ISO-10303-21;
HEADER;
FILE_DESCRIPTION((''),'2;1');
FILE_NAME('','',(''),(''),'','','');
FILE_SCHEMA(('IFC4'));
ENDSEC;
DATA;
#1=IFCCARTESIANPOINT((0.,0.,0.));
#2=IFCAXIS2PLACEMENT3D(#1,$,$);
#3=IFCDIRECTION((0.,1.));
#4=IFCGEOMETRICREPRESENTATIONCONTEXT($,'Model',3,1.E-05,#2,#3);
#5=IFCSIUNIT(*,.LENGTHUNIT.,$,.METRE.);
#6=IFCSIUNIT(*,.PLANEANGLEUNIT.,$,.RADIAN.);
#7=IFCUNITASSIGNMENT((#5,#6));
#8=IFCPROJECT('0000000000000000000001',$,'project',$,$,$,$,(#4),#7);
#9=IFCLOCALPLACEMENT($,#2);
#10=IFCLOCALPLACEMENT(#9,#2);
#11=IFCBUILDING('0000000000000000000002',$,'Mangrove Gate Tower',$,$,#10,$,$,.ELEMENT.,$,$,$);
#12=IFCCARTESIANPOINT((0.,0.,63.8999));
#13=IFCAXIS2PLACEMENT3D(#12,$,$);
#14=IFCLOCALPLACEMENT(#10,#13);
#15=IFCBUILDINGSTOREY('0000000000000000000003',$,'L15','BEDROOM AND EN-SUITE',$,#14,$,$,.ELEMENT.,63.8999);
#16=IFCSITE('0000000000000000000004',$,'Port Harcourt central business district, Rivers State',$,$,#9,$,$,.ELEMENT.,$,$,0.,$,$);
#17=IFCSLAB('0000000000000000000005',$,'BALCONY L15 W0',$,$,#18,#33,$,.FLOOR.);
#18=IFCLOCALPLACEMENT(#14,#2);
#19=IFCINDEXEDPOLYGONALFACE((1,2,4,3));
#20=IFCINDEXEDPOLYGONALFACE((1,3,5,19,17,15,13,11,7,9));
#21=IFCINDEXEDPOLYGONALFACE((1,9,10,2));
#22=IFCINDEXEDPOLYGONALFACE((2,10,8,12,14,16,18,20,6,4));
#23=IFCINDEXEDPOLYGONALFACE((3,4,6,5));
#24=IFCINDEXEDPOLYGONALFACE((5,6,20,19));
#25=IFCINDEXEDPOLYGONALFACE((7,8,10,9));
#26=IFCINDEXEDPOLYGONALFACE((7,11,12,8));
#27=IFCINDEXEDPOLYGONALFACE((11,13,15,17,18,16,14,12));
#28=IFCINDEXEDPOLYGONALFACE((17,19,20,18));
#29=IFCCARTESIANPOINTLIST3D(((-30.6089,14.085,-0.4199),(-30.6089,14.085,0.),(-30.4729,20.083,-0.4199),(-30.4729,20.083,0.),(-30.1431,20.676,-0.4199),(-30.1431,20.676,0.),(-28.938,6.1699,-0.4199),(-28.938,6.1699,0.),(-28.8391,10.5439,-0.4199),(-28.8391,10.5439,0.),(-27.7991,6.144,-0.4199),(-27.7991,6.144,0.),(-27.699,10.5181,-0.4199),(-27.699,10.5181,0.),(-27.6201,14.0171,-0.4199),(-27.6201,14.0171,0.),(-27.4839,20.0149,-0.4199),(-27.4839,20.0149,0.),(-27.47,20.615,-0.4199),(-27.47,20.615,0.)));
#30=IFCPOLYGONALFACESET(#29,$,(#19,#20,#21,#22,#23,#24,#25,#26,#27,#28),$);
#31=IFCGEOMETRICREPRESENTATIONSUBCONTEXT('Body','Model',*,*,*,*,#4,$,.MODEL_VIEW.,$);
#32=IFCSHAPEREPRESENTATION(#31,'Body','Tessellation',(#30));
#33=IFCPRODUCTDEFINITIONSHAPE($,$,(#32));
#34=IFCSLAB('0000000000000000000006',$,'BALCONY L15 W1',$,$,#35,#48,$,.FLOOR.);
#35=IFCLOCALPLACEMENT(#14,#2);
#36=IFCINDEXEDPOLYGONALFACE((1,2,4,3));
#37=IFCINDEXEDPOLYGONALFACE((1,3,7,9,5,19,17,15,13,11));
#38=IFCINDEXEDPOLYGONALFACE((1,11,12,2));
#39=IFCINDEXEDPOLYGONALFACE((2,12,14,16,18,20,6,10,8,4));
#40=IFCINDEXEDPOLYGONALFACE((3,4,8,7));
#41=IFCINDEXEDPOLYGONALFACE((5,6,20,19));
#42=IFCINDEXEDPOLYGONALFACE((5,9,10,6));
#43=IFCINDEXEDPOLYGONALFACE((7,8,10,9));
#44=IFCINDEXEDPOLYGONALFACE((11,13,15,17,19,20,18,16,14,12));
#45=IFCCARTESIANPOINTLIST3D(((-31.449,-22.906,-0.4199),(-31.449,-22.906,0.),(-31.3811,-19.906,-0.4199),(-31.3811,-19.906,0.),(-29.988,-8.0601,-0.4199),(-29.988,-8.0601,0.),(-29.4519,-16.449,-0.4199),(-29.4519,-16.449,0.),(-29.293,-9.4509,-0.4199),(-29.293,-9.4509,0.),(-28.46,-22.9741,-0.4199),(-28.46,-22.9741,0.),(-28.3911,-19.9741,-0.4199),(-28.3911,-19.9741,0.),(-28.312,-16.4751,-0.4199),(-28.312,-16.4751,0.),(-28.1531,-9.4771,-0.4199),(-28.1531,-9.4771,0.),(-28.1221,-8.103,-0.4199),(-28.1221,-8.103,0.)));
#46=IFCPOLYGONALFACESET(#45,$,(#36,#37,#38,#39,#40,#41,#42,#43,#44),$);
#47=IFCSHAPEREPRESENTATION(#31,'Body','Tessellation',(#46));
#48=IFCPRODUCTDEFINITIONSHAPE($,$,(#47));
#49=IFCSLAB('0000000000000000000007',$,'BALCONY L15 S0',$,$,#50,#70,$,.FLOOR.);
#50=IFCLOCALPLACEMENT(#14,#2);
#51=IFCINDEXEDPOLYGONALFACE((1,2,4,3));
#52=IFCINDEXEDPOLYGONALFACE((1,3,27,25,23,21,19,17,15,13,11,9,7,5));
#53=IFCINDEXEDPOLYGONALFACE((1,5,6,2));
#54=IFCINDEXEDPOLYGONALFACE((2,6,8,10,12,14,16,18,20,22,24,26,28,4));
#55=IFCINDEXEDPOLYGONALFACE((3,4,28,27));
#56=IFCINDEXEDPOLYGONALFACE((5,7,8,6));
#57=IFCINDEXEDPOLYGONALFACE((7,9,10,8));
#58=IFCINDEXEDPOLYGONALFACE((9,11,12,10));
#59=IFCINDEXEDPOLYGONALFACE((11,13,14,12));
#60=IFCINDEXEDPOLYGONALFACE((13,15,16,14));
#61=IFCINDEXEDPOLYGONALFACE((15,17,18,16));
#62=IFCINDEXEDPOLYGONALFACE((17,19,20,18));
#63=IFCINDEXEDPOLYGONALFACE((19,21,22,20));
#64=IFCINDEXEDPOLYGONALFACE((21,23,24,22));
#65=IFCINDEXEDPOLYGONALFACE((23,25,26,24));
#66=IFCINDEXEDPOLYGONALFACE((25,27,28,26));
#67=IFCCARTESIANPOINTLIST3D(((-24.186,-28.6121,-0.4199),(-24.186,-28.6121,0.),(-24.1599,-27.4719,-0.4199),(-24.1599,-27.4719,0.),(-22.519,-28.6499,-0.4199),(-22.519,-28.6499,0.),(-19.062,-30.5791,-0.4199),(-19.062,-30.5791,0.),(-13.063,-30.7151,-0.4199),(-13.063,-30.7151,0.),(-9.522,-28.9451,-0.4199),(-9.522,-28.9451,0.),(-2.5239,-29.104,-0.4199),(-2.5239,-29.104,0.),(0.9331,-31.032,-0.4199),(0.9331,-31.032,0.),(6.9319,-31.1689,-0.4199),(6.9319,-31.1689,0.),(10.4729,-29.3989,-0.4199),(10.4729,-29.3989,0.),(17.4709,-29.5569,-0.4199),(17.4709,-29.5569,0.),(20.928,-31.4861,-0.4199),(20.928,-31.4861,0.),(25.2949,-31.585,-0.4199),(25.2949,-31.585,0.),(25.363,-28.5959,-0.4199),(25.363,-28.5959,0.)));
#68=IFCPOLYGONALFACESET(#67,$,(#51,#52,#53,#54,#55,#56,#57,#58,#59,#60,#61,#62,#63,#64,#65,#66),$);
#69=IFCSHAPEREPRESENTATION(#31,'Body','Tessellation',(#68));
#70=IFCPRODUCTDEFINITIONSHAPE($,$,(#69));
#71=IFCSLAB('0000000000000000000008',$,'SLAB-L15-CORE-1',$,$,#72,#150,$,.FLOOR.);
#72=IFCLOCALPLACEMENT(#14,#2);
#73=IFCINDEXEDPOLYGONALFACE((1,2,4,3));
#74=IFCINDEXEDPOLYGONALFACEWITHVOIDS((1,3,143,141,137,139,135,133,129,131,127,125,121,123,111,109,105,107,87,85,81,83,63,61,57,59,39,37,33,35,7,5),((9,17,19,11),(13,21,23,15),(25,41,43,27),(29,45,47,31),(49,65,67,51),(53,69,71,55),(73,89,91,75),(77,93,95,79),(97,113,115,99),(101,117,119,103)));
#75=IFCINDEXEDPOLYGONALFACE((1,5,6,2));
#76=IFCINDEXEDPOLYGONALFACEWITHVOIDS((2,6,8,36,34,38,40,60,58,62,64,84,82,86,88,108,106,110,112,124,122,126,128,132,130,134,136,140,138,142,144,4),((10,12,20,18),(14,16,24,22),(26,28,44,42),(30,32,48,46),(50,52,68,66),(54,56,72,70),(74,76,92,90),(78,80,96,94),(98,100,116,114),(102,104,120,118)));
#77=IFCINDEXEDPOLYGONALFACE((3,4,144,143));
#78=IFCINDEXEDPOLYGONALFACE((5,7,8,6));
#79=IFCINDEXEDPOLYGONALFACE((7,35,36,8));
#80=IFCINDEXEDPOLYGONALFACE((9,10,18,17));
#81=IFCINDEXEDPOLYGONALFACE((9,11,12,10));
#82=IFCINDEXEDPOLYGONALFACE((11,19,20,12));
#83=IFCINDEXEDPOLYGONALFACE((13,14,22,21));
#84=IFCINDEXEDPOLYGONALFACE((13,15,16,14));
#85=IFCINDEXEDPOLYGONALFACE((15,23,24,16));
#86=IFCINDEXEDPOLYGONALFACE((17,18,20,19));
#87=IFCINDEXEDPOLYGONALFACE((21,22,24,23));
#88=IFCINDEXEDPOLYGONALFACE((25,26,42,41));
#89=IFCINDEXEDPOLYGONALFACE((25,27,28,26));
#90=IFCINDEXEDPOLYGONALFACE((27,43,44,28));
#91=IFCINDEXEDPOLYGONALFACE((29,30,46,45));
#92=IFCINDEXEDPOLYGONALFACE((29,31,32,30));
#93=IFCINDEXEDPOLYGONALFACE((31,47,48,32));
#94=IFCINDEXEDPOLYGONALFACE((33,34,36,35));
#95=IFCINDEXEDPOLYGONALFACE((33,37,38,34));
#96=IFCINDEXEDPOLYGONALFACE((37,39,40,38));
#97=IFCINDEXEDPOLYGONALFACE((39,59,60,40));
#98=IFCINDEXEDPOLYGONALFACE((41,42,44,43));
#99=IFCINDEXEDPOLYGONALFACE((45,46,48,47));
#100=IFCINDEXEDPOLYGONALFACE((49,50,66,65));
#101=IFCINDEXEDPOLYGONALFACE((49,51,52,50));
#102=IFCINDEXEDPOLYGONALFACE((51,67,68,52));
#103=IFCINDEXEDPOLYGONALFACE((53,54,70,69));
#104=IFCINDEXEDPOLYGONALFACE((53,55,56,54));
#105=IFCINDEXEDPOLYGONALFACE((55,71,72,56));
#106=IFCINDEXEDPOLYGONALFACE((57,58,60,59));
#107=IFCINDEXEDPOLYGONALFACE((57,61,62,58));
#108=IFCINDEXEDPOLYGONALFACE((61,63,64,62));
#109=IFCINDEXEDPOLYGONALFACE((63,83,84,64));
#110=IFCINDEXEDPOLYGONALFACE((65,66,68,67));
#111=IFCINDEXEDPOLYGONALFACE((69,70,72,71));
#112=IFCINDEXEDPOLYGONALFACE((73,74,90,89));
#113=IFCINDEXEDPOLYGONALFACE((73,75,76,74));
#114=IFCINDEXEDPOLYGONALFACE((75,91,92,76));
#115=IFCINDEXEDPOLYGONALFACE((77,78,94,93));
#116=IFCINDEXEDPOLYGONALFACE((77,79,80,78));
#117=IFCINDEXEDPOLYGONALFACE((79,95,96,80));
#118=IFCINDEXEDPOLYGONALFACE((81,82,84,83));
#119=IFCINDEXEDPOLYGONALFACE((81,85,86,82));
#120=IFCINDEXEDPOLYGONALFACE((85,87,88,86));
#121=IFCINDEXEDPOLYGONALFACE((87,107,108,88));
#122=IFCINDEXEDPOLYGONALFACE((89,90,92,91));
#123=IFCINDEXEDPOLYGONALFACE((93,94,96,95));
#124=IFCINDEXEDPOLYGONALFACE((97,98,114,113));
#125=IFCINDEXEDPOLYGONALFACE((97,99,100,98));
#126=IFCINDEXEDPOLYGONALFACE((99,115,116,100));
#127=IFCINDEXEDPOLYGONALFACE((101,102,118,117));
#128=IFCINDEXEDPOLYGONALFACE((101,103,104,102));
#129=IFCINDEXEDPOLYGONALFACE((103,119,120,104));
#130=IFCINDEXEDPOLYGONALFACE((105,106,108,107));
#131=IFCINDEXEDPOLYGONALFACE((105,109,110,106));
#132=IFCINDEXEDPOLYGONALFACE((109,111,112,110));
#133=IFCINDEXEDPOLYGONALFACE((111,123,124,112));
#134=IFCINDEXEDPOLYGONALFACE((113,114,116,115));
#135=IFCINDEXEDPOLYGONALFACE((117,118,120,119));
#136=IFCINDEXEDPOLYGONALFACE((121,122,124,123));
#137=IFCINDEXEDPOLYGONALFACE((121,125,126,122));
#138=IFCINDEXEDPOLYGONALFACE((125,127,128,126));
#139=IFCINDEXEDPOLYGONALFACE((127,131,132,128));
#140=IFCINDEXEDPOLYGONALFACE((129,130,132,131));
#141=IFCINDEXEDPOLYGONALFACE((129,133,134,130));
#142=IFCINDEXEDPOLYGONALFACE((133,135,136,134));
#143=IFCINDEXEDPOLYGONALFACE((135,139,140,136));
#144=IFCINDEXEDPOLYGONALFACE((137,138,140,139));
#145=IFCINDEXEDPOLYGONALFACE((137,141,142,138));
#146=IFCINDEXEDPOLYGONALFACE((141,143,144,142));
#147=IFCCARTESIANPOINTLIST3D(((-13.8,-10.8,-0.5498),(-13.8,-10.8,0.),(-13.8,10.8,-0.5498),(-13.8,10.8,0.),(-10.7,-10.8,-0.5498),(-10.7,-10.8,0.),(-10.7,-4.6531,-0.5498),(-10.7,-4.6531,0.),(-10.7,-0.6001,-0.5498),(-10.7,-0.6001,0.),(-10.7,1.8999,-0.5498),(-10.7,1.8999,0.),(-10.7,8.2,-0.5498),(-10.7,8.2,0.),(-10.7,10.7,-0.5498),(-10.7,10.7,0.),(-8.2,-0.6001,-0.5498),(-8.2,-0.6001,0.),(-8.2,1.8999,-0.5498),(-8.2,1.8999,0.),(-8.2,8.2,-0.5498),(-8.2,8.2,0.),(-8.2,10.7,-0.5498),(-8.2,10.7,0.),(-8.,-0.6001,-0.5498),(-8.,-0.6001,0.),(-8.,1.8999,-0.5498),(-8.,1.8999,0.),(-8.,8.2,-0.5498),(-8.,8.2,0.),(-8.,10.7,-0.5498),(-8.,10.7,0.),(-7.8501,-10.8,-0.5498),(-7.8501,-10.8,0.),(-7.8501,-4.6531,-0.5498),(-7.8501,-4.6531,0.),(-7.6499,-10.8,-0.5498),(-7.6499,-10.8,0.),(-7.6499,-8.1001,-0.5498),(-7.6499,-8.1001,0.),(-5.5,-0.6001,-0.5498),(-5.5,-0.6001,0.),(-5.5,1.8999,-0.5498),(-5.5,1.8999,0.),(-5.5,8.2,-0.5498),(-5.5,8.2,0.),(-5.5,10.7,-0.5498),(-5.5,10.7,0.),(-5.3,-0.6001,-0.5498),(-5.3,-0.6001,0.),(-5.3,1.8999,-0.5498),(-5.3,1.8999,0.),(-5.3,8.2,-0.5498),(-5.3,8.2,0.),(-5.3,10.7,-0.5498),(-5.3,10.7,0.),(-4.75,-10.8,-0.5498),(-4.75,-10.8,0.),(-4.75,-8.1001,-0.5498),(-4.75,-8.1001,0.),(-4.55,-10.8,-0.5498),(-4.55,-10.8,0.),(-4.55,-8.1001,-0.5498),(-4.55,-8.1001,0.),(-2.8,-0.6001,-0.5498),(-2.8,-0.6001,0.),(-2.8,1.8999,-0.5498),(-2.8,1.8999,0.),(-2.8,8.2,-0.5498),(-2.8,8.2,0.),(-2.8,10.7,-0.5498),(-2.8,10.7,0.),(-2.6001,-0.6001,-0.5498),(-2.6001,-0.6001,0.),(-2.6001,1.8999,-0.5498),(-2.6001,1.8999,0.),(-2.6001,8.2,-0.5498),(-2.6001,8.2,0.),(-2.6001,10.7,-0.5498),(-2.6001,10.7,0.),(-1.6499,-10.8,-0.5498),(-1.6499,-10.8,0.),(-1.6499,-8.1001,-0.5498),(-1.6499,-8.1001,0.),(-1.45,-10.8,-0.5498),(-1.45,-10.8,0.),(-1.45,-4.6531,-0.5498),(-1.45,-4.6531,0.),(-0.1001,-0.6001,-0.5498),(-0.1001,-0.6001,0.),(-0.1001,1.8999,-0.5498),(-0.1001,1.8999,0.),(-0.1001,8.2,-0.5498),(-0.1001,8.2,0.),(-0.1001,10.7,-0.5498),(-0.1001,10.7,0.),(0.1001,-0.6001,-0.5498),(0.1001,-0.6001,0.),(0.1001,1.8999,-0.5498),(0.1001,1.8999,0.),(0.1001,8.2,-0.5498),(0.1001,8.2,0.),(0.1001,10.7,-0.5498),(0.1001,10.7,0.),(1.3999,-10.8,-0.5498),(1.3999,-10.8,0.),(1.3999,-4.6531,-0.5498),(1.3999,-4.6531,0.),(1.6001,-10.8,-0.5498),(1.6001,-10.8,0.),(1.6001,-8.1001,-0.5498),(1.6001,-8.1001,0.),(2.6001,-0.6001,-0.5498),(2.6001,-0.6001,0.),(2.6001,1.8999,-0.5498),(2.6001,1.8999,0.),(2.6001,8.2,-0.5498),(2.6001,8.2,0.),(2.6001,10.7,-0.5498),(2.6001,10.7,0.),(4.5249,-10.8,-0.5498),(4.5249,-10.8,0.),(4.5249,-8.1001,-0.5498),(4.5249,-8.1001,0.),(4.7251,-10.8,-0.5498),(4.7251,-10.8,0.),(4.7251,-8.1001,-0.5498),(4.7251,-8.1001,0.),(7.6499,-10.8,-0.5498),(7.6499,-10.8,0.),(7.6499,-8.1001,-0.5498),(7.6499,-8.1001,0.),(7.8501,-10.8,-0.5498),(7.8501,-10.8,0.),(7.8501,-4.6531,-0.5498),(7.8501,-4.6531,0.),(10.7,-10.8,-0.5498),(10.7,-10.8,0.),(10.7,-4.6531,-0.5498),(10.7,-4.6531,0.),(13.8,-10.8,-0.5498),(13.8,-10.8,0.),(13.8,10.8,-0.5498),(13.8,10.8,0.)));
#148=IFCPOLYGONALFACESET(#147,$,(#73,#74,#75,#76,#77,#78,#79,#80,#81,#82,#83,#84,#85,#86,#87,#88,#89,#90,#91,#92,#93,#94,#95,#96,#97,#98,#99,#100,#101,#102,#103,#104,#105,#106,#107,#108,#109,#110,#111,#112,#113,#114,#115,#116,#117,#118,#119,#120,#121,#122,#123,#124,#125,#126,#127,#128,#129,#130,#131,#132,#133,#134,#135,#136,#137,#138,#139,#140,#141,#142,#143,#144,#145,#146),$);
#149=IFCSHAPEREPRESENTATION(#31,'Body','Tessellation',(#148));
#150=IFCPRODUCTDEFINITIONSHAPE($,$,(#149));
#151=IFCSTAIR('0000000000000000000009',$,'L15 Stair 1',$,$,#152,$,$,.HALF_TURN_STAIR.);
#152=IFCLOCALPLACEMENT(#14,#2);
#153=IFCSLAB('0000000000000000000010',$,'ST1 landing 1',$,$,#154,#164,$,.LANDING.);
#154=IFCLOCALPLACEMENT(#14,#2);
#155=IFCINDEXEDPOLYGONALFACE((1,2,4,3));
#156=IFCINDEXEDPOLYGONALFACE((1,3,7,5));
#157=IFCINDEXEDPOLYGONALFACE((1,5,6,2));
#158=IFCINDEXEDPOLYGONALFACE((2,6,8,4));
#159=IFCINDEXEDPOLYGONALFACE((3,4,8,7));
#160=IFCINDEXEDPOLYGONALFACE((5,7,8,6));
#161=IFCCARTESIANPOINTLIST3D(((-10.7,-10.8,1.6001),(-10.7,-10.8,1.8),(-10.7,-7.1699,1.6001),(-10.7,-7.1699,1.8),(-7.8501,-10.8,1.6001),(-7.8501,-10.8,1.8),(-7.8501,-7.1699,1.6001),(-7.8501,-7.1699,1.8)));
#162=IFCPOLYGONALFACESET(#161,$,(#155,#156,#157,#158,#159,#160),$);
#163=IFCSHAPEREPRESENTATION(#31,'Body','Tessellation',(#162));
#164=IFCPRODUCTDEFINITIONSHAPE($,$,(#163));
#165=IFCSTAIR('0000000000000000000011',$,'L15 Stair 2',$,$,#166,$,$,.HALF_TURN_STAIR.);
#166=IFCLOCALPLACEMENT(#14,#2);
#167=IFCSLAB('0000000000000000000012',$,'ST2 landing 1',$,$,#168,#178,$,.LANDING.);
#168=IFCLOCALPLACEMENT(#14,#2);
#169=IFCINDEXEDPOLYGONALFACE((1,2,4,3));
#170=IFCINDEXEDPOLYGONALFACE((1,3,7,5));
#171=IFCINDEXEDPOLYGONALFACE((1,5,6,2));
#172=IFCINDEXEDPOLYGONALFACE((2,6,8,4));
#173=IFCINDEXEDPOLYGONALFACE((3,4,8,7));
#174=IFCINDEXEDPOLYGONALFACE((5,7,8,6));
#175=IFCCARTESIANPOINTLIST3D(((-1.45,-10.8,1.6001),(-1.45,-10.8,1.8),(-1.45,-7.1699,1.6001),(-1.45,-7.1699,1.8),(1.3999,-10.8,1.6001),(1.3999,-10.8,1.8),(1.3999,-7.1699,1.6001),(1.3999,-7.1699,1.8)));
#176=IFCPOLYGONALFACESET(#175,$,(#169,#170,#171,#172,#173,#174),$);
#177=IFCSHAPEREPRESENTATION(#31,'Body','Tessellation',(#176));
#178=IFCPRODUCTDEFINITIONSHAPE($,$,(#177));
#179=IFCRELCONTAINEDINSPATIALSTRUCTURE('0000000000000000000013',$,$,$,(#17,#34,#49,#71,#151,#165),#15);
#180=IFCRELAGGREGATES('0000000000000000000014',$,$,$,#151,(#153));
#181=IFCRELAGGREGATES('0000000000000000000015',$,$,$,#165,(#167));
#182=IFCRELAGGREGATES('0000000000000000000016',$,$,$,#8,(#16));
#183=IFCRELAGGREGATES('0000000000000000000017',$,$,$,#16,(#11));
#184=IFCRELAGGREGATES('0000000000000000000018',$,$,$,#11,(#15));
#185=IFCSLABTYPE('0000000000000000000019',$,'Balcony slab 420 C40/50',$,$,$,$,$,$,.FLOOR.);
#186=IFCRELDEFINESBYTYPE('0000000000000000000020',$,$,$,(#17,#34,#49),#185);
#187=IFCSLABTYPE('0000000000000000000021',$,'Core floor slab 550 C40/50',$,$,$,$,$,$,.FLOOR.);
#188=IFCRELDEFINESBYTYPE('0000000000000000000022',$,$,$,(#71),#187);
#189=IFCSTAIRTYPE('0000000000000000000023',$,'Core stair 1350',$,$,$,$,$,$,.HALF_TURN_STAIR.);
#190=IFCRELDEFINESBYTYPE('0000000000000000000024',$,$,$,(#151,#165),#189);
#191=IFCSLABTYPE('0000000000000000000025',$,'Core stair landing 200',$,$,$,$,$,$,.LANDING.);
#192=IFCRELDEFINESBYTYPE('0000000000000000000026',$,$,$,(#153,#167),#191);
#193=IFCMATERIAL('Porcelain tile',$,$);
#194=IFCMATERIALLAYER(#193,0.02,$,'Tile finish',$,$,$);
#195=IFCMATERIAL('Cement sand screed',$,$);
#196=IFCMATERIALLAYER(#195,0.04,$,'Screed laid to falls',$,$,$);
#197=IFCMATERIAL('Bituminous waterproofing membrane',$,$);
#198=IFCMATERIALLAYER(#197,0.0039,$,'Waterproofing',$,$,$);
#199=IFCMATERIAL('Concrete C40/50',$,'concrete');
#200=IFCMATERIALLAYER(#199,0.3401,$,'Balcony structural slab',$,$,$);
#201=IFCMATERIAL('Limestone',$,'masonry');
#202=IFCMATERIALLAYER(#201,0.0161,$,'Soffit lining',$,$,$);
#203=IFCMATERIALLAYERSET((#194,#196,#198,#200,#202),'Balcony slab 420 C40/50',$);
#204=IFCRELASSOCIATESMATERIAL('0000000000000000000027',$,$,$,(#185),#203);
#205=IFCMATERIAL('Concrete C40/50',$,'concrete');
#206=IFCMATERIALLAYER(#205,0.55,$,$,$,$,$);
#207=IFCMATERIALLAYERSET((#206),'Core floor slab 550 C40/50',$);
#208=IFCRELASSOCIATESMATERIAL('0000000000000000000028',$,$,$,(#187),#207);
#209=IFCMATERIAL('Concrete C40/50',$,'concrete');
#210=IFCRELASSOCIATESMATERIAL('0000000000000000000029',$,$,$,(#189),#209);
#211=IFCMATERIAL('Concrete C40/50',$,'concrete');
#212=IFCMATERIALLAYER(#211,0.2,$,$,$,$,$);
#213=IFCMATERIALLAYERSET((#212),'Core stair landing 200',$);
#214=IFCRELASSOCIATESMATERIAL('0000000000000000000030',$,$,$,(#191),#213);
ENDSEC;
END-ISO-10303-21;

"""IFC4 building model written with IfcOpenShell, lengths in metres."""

from ifc_helpers import new_model, si_unit, direction, frame, origin, place, context, subcontext, project, spatial, polyline, outline, extrude, material, layer, layer_set, type_object, element, aggregate, save


model = new_model("IFC4")

# Units and contexts
model_context = context("Model", 3, precision=1e-05, world=origin(), true_north=direction((0.0, 1.0)))
body_context = subcontext(model_context, "Body", "Model", "MODEL_VIEW")
ifc_project = project(units=[si_unit("LENGTHUNIT", "METRE"), si_unit("PLANEANGLEUNIT", "RADIAN")], contexts=[model_context])

# Site, building, storey
site_placement = place(None, origin())
site = spatial("IfcSite", under=ifc_project, at=site_placement, Name="Port Harcourt central business district, Rivers State", CompositionType="ELEMENT", RefElevation=0.0)
building_placement = place(site_placement, origin())
building = spatial("IfcBuilding", under=site, at=building_placement, Name="Mangrove Gate Tower", CompositionType="ELEMENT")
storey_placement = place(building_placement, frame((0.0, 0.0, 63.8999)))
storey = spatial("IfcBuildingStorey", under=building, at=storey_placement, Name="L15", Description="BEDROOM AND EN-SUITE", CompositionType="ELEMENT", Elevation=63.8999)

# Slabs
ifc_material_1 = material(Name="Porcelain tile")
ifc_layer_1 = layer(ifc_material_1, 0.02, Name="Tile finish")
ifc_material_2 = material(Name="Cement sand screed")
ifc_layer_2 = layer(ifc_material_2, 0.04, Name="Screed laid to falls")
ifc_material_3 = material(Name="Bituminous waterproofing membrane")
ifc_layer_3 = layer(ifc_material_3, 0.0039, Name="Waterproofing")
ifc_material_4 = material(Name="Concrete C40/50", Category="concrete")
ifc_layer_4 = layer(ifc_material_4, 0.3401, Name="Balcony structural slab")
ifc_material_5 = material(Name="Limestone", Category="masonry")
ifc_layer_5 = layer(ifc_material_5, 0.0161, Name="Soffit lining")
ifc_layer_set_1 = layer_set([ifc_layer_1, ifc_layer_2, ifc_layer_3, ifc_layer_4, ifc_layer_5], Name="Balcony slab 420 C40/50")
slab_type_1 = type_object("IfcSlabType", Name="Balcony slab 420 C40/50", PredefinedType="FLOOR", material=ifc_layer_set_1)
slab_1_placement = place(storey_placement, frame((0.0, 0.0, -0.4199)))
element("IfcSlab", 1, at=slab_1_placement, inside=storey, type_object=slab_type_1, Name="BALCONY L15 W0", PredefinedType="FLOOR", context=body_context, shape_type="SweptSolid", body=[
    extrude(outline(polyline([(-30.1431, 20.676), (-30.4729, 20.083), (-30.6089, 14.085), (-28.8391, 10.5439), (-28.938, 6.1699), (-27.7991, 6.144), (-27.699, 10.5181), (-27.6201, 14.0171), (-27.4839, 20.0149), (-27.47, 20.615), (-30.1431, 20.676)])), origin(), (0.0, 0.0, 1.0), 0.4199),
])
slab_2_placement = place(storey_placement, frame((0.0, 0.0, -0.4199)))
element("IfcSlab", 2, at=slab_2_placement, inside=storey, type_object=slab_type_1, Name="BALCONY L15 W1", PredefinedType="FLOOR", context=body_context, shape_type="SweptSolid", body=[
    extrude(outline(polyline([(-29.988, -8.0601), (-29.293, -9.4509), (-29.4519, -16.449), (-31.3811, -19.906), (-31.449, -22.906), (-28.46, -22.9741), (-28.3911, -19.9741), (-28.312, -16.4751), (-28.1531, -9.4771), (-28.1221, -8.103), (-29.988, -8.0601)])), origin(), (0.0, 0.0, 1.0), 0.4199),
])
slab_3_placement = place(storey_placement, frame((0.0, 0.0, -0.4199)))
element("IfcSlab", 3, at=slab_3_placement, inside=storey, type_object=slab_type_1, Name="BALCONY L15 S0", PredefinedType="FLOOR", context=body_context, shape_type="SweptSolid", body=[
    extrude(outline(polyline([(-24.186, -28.6121), (-22.519, -28.6499), (-19.062, -30.5791), (-13.063, -30.7151), (-9.522, -28.9451), (-2.5239, -29.104), (0.9331, -31.032), (6.9319, -31.1689), (10.4729, -29.3989), (17.4709, -29.5569), (20.928, -31.4861), (25.2949, -31.585), (25.363, -28.5959), (-24.1599, -27.4719), (-24.186, -28.6121)])), origin(), (0.0, 0.0, 1.0), 0.4199),
])
ifc_material_6 = material(Name="Concrete C40/50", Category="concrete")
ifc_layer_6 = layer(ifc_material_6, 0.55)
ifc_layer_set_2 = layer_set([ifc_layer_6], Name="Core floor slab 550 C40/50")
slab_type_2 = type_object("IfcSlabType", Name="Core floor slab 550 C40/50", PredefinedType="FLOOR", material=ifc_layer_set_2)
slab_4_placement = place(storey_placement, frame((0.0, 0.0, -0.5498)))
element("IfcSlab", 4, at=slab_4_placement, inside=storey, type_object=slab_type_2, Name="SLAB-L15-CORE-1", PredefinedType="FLOOR", context=body_context, shape_type="SweptSolid", body=[
    extrude(outline(polyline([(-13.8, -10.8), (-13.8, 10.8), (13.8, 10.8), (13.8, -10.8), (10.7, -10.8), (10.7, -4.6531), (7.8501, -4.6531), (7.8501, -10.8), (7.6499, -10.8), (7.6499, -8.1001), (4.7251, -8.1001), (4.7251, -10.8), (4.5249, -10.8), (4.5249, -8.1001), (1.6001, -8.1001), (1.6001, -10.8), (1.3999, -10.8), (1.3999, -4.6531), (-1.45, -4.6531), (-1.45, -10.8), (-1.6499, -10.8), (-1.6499, -8.1001), (-4.55, -8.1001), (-4.55, -10.8), (-4.75, -10.8), (-4.75, -8.1001), (-7.6499, -8.1001), (-7.6499, -10.8), (-7.8501, -10.8), (-7.8501, -4.6531), (-10.7, -4.6531), (-10.7, -10.8), (-13.8, -10.8)]), holes=[polyline([(-8.2, -0.6001), (-8.2, 1.8999), (-10.7, 1.8999), (-10.7, -0.6001), (-8.2, -0.6001)]), polyline([(-5.5, -0.6001), (-5.5, 1.8999), (-8.0, 1.8999), (-8.0, -0.6001), (-5.5, -0.6001)]), polyline([(-2.8, -0.6001), (-2.8, 1.8999), (-5.3, 1.8999), (-5.3, -0.6001), (-2.8, -0.6001)]), polyline([(-8.2, 8.2), (-8.2, 10.7), (-10.7, 10.7), (-10.7, 8.2), (-8.2, 8.2)]), polyline([(-5.5, 8.2), (-5.5, 10.7), (-8.0, 10.7), (-8.0, 8.2), (-5.5, 8.2)]), polyline([(-2.8, 8.2), (-2.8, 10.7), (-5.3, 10.7), (-5.3, 8.2), (-2.8, 8.2)]), polyline([(-0.1001, -0.6001), (-0.1001, 1.8999), (-2.6001, 1.8999), (-2.6001, -0.6001), (-0.1001, -0.6001)]), polyline([(2.6001, -0.6001), (2.6001, 1.8999), (0.1001, 1.8999), (0.1001, -0.6001), (2.6001, -0.6001)]), polyline([(-2.6001, 8.2), (-0.1001, 8.2), (-0.1001, 10.7), (-2.6001, 10.7), (-2.6001, 8.2)]), polyline([(0.1001, 8.2), (2.6001, 8.2), (2.6001, 10.7), (0.1001, 10.7), (0.1001, 8.2)])]), origin(), (0.0, 0.0, 1.0), 0.5498),
])

# Stairs, slabs
ifc_material_7 = material(Name="Concrete C40/50", Category="concrete")
stair_type = type_object("IfcStairType", Name="Core stair 1350", PredefinedType="HALF_TURN_STAIR", material=ifc_material_7)
stair_1_placement = place(storey_placement, origin())
stair_1 = element("IfcStair", 5, at=stair_1_placement, inside=storey, type_object=stair_type, Name="L15 Stair 1", PredefinedType="HALF_TURN_STAIR")
ifc_material_8 = material(Name="Concrete C40/50", Category="concrete")
ifc_layer_7 = layer(ifc_material_8, 0.2)
ifc_layer_set_3 = layer_set([ifc_layer_7], Name="Core stair landing 200")
slab_type_3 = type_object("IfcSlabType", Name="Core stair landing 200", PredefinedType="LANDING", material=ifc_layer_set_3)
slab_5_placement = place(storey_placement, frame((0.0, 0.0, 1.6001)))
slab_5 = element("IfcSlab", 6, at=slab_5_placement, type_object=slab_type_3, Name="ST1 landing 1", PredefinedType="LANDING", context=body_context, shape_type="SweptSolid", body=[
    extrude(outline(polyline([(-10.7, -7.1699), (-10.7, -10.8), (-7.8501, -10.8), (-7.8501, -7.1699), (-10.7, -7.1699)])), origin(), (0.0, 0.0, 1.0), 0.2),
])
aggregate(stair_1, [slab_5])
stair_2_placement = place(storey_placement, origin())
stair_2 = element("IfcStair", 7, at=stair_2_placement, inside=storey, type_object=stair_type, Name="L15 Stair 2", PredefinedType="HALF_TURN_STAIR")
slab_6_placement = place(storey_placement, frame((0.0, 0.0, 1.6001)))
slab_6 = element("IfcSlab", 8, at=slab_6_placement, type_object=slab_type_3, Name="ST2 landing 1", PredefinedType="LANDING", context=body_context, shape_type="SweptSolid", body=[
    extrude(outline(polyline([(-1.45, -7.1699), (-1.45, -10.8), (1.3999, -10.8), (1.3999, -7.1699), (-1.45, -7.1699)])), origin(), (0.0, 0.0, 1.0), 0.2),
])
aggregate(stair_2, [slab_6])

save(model, "model.ifc")
